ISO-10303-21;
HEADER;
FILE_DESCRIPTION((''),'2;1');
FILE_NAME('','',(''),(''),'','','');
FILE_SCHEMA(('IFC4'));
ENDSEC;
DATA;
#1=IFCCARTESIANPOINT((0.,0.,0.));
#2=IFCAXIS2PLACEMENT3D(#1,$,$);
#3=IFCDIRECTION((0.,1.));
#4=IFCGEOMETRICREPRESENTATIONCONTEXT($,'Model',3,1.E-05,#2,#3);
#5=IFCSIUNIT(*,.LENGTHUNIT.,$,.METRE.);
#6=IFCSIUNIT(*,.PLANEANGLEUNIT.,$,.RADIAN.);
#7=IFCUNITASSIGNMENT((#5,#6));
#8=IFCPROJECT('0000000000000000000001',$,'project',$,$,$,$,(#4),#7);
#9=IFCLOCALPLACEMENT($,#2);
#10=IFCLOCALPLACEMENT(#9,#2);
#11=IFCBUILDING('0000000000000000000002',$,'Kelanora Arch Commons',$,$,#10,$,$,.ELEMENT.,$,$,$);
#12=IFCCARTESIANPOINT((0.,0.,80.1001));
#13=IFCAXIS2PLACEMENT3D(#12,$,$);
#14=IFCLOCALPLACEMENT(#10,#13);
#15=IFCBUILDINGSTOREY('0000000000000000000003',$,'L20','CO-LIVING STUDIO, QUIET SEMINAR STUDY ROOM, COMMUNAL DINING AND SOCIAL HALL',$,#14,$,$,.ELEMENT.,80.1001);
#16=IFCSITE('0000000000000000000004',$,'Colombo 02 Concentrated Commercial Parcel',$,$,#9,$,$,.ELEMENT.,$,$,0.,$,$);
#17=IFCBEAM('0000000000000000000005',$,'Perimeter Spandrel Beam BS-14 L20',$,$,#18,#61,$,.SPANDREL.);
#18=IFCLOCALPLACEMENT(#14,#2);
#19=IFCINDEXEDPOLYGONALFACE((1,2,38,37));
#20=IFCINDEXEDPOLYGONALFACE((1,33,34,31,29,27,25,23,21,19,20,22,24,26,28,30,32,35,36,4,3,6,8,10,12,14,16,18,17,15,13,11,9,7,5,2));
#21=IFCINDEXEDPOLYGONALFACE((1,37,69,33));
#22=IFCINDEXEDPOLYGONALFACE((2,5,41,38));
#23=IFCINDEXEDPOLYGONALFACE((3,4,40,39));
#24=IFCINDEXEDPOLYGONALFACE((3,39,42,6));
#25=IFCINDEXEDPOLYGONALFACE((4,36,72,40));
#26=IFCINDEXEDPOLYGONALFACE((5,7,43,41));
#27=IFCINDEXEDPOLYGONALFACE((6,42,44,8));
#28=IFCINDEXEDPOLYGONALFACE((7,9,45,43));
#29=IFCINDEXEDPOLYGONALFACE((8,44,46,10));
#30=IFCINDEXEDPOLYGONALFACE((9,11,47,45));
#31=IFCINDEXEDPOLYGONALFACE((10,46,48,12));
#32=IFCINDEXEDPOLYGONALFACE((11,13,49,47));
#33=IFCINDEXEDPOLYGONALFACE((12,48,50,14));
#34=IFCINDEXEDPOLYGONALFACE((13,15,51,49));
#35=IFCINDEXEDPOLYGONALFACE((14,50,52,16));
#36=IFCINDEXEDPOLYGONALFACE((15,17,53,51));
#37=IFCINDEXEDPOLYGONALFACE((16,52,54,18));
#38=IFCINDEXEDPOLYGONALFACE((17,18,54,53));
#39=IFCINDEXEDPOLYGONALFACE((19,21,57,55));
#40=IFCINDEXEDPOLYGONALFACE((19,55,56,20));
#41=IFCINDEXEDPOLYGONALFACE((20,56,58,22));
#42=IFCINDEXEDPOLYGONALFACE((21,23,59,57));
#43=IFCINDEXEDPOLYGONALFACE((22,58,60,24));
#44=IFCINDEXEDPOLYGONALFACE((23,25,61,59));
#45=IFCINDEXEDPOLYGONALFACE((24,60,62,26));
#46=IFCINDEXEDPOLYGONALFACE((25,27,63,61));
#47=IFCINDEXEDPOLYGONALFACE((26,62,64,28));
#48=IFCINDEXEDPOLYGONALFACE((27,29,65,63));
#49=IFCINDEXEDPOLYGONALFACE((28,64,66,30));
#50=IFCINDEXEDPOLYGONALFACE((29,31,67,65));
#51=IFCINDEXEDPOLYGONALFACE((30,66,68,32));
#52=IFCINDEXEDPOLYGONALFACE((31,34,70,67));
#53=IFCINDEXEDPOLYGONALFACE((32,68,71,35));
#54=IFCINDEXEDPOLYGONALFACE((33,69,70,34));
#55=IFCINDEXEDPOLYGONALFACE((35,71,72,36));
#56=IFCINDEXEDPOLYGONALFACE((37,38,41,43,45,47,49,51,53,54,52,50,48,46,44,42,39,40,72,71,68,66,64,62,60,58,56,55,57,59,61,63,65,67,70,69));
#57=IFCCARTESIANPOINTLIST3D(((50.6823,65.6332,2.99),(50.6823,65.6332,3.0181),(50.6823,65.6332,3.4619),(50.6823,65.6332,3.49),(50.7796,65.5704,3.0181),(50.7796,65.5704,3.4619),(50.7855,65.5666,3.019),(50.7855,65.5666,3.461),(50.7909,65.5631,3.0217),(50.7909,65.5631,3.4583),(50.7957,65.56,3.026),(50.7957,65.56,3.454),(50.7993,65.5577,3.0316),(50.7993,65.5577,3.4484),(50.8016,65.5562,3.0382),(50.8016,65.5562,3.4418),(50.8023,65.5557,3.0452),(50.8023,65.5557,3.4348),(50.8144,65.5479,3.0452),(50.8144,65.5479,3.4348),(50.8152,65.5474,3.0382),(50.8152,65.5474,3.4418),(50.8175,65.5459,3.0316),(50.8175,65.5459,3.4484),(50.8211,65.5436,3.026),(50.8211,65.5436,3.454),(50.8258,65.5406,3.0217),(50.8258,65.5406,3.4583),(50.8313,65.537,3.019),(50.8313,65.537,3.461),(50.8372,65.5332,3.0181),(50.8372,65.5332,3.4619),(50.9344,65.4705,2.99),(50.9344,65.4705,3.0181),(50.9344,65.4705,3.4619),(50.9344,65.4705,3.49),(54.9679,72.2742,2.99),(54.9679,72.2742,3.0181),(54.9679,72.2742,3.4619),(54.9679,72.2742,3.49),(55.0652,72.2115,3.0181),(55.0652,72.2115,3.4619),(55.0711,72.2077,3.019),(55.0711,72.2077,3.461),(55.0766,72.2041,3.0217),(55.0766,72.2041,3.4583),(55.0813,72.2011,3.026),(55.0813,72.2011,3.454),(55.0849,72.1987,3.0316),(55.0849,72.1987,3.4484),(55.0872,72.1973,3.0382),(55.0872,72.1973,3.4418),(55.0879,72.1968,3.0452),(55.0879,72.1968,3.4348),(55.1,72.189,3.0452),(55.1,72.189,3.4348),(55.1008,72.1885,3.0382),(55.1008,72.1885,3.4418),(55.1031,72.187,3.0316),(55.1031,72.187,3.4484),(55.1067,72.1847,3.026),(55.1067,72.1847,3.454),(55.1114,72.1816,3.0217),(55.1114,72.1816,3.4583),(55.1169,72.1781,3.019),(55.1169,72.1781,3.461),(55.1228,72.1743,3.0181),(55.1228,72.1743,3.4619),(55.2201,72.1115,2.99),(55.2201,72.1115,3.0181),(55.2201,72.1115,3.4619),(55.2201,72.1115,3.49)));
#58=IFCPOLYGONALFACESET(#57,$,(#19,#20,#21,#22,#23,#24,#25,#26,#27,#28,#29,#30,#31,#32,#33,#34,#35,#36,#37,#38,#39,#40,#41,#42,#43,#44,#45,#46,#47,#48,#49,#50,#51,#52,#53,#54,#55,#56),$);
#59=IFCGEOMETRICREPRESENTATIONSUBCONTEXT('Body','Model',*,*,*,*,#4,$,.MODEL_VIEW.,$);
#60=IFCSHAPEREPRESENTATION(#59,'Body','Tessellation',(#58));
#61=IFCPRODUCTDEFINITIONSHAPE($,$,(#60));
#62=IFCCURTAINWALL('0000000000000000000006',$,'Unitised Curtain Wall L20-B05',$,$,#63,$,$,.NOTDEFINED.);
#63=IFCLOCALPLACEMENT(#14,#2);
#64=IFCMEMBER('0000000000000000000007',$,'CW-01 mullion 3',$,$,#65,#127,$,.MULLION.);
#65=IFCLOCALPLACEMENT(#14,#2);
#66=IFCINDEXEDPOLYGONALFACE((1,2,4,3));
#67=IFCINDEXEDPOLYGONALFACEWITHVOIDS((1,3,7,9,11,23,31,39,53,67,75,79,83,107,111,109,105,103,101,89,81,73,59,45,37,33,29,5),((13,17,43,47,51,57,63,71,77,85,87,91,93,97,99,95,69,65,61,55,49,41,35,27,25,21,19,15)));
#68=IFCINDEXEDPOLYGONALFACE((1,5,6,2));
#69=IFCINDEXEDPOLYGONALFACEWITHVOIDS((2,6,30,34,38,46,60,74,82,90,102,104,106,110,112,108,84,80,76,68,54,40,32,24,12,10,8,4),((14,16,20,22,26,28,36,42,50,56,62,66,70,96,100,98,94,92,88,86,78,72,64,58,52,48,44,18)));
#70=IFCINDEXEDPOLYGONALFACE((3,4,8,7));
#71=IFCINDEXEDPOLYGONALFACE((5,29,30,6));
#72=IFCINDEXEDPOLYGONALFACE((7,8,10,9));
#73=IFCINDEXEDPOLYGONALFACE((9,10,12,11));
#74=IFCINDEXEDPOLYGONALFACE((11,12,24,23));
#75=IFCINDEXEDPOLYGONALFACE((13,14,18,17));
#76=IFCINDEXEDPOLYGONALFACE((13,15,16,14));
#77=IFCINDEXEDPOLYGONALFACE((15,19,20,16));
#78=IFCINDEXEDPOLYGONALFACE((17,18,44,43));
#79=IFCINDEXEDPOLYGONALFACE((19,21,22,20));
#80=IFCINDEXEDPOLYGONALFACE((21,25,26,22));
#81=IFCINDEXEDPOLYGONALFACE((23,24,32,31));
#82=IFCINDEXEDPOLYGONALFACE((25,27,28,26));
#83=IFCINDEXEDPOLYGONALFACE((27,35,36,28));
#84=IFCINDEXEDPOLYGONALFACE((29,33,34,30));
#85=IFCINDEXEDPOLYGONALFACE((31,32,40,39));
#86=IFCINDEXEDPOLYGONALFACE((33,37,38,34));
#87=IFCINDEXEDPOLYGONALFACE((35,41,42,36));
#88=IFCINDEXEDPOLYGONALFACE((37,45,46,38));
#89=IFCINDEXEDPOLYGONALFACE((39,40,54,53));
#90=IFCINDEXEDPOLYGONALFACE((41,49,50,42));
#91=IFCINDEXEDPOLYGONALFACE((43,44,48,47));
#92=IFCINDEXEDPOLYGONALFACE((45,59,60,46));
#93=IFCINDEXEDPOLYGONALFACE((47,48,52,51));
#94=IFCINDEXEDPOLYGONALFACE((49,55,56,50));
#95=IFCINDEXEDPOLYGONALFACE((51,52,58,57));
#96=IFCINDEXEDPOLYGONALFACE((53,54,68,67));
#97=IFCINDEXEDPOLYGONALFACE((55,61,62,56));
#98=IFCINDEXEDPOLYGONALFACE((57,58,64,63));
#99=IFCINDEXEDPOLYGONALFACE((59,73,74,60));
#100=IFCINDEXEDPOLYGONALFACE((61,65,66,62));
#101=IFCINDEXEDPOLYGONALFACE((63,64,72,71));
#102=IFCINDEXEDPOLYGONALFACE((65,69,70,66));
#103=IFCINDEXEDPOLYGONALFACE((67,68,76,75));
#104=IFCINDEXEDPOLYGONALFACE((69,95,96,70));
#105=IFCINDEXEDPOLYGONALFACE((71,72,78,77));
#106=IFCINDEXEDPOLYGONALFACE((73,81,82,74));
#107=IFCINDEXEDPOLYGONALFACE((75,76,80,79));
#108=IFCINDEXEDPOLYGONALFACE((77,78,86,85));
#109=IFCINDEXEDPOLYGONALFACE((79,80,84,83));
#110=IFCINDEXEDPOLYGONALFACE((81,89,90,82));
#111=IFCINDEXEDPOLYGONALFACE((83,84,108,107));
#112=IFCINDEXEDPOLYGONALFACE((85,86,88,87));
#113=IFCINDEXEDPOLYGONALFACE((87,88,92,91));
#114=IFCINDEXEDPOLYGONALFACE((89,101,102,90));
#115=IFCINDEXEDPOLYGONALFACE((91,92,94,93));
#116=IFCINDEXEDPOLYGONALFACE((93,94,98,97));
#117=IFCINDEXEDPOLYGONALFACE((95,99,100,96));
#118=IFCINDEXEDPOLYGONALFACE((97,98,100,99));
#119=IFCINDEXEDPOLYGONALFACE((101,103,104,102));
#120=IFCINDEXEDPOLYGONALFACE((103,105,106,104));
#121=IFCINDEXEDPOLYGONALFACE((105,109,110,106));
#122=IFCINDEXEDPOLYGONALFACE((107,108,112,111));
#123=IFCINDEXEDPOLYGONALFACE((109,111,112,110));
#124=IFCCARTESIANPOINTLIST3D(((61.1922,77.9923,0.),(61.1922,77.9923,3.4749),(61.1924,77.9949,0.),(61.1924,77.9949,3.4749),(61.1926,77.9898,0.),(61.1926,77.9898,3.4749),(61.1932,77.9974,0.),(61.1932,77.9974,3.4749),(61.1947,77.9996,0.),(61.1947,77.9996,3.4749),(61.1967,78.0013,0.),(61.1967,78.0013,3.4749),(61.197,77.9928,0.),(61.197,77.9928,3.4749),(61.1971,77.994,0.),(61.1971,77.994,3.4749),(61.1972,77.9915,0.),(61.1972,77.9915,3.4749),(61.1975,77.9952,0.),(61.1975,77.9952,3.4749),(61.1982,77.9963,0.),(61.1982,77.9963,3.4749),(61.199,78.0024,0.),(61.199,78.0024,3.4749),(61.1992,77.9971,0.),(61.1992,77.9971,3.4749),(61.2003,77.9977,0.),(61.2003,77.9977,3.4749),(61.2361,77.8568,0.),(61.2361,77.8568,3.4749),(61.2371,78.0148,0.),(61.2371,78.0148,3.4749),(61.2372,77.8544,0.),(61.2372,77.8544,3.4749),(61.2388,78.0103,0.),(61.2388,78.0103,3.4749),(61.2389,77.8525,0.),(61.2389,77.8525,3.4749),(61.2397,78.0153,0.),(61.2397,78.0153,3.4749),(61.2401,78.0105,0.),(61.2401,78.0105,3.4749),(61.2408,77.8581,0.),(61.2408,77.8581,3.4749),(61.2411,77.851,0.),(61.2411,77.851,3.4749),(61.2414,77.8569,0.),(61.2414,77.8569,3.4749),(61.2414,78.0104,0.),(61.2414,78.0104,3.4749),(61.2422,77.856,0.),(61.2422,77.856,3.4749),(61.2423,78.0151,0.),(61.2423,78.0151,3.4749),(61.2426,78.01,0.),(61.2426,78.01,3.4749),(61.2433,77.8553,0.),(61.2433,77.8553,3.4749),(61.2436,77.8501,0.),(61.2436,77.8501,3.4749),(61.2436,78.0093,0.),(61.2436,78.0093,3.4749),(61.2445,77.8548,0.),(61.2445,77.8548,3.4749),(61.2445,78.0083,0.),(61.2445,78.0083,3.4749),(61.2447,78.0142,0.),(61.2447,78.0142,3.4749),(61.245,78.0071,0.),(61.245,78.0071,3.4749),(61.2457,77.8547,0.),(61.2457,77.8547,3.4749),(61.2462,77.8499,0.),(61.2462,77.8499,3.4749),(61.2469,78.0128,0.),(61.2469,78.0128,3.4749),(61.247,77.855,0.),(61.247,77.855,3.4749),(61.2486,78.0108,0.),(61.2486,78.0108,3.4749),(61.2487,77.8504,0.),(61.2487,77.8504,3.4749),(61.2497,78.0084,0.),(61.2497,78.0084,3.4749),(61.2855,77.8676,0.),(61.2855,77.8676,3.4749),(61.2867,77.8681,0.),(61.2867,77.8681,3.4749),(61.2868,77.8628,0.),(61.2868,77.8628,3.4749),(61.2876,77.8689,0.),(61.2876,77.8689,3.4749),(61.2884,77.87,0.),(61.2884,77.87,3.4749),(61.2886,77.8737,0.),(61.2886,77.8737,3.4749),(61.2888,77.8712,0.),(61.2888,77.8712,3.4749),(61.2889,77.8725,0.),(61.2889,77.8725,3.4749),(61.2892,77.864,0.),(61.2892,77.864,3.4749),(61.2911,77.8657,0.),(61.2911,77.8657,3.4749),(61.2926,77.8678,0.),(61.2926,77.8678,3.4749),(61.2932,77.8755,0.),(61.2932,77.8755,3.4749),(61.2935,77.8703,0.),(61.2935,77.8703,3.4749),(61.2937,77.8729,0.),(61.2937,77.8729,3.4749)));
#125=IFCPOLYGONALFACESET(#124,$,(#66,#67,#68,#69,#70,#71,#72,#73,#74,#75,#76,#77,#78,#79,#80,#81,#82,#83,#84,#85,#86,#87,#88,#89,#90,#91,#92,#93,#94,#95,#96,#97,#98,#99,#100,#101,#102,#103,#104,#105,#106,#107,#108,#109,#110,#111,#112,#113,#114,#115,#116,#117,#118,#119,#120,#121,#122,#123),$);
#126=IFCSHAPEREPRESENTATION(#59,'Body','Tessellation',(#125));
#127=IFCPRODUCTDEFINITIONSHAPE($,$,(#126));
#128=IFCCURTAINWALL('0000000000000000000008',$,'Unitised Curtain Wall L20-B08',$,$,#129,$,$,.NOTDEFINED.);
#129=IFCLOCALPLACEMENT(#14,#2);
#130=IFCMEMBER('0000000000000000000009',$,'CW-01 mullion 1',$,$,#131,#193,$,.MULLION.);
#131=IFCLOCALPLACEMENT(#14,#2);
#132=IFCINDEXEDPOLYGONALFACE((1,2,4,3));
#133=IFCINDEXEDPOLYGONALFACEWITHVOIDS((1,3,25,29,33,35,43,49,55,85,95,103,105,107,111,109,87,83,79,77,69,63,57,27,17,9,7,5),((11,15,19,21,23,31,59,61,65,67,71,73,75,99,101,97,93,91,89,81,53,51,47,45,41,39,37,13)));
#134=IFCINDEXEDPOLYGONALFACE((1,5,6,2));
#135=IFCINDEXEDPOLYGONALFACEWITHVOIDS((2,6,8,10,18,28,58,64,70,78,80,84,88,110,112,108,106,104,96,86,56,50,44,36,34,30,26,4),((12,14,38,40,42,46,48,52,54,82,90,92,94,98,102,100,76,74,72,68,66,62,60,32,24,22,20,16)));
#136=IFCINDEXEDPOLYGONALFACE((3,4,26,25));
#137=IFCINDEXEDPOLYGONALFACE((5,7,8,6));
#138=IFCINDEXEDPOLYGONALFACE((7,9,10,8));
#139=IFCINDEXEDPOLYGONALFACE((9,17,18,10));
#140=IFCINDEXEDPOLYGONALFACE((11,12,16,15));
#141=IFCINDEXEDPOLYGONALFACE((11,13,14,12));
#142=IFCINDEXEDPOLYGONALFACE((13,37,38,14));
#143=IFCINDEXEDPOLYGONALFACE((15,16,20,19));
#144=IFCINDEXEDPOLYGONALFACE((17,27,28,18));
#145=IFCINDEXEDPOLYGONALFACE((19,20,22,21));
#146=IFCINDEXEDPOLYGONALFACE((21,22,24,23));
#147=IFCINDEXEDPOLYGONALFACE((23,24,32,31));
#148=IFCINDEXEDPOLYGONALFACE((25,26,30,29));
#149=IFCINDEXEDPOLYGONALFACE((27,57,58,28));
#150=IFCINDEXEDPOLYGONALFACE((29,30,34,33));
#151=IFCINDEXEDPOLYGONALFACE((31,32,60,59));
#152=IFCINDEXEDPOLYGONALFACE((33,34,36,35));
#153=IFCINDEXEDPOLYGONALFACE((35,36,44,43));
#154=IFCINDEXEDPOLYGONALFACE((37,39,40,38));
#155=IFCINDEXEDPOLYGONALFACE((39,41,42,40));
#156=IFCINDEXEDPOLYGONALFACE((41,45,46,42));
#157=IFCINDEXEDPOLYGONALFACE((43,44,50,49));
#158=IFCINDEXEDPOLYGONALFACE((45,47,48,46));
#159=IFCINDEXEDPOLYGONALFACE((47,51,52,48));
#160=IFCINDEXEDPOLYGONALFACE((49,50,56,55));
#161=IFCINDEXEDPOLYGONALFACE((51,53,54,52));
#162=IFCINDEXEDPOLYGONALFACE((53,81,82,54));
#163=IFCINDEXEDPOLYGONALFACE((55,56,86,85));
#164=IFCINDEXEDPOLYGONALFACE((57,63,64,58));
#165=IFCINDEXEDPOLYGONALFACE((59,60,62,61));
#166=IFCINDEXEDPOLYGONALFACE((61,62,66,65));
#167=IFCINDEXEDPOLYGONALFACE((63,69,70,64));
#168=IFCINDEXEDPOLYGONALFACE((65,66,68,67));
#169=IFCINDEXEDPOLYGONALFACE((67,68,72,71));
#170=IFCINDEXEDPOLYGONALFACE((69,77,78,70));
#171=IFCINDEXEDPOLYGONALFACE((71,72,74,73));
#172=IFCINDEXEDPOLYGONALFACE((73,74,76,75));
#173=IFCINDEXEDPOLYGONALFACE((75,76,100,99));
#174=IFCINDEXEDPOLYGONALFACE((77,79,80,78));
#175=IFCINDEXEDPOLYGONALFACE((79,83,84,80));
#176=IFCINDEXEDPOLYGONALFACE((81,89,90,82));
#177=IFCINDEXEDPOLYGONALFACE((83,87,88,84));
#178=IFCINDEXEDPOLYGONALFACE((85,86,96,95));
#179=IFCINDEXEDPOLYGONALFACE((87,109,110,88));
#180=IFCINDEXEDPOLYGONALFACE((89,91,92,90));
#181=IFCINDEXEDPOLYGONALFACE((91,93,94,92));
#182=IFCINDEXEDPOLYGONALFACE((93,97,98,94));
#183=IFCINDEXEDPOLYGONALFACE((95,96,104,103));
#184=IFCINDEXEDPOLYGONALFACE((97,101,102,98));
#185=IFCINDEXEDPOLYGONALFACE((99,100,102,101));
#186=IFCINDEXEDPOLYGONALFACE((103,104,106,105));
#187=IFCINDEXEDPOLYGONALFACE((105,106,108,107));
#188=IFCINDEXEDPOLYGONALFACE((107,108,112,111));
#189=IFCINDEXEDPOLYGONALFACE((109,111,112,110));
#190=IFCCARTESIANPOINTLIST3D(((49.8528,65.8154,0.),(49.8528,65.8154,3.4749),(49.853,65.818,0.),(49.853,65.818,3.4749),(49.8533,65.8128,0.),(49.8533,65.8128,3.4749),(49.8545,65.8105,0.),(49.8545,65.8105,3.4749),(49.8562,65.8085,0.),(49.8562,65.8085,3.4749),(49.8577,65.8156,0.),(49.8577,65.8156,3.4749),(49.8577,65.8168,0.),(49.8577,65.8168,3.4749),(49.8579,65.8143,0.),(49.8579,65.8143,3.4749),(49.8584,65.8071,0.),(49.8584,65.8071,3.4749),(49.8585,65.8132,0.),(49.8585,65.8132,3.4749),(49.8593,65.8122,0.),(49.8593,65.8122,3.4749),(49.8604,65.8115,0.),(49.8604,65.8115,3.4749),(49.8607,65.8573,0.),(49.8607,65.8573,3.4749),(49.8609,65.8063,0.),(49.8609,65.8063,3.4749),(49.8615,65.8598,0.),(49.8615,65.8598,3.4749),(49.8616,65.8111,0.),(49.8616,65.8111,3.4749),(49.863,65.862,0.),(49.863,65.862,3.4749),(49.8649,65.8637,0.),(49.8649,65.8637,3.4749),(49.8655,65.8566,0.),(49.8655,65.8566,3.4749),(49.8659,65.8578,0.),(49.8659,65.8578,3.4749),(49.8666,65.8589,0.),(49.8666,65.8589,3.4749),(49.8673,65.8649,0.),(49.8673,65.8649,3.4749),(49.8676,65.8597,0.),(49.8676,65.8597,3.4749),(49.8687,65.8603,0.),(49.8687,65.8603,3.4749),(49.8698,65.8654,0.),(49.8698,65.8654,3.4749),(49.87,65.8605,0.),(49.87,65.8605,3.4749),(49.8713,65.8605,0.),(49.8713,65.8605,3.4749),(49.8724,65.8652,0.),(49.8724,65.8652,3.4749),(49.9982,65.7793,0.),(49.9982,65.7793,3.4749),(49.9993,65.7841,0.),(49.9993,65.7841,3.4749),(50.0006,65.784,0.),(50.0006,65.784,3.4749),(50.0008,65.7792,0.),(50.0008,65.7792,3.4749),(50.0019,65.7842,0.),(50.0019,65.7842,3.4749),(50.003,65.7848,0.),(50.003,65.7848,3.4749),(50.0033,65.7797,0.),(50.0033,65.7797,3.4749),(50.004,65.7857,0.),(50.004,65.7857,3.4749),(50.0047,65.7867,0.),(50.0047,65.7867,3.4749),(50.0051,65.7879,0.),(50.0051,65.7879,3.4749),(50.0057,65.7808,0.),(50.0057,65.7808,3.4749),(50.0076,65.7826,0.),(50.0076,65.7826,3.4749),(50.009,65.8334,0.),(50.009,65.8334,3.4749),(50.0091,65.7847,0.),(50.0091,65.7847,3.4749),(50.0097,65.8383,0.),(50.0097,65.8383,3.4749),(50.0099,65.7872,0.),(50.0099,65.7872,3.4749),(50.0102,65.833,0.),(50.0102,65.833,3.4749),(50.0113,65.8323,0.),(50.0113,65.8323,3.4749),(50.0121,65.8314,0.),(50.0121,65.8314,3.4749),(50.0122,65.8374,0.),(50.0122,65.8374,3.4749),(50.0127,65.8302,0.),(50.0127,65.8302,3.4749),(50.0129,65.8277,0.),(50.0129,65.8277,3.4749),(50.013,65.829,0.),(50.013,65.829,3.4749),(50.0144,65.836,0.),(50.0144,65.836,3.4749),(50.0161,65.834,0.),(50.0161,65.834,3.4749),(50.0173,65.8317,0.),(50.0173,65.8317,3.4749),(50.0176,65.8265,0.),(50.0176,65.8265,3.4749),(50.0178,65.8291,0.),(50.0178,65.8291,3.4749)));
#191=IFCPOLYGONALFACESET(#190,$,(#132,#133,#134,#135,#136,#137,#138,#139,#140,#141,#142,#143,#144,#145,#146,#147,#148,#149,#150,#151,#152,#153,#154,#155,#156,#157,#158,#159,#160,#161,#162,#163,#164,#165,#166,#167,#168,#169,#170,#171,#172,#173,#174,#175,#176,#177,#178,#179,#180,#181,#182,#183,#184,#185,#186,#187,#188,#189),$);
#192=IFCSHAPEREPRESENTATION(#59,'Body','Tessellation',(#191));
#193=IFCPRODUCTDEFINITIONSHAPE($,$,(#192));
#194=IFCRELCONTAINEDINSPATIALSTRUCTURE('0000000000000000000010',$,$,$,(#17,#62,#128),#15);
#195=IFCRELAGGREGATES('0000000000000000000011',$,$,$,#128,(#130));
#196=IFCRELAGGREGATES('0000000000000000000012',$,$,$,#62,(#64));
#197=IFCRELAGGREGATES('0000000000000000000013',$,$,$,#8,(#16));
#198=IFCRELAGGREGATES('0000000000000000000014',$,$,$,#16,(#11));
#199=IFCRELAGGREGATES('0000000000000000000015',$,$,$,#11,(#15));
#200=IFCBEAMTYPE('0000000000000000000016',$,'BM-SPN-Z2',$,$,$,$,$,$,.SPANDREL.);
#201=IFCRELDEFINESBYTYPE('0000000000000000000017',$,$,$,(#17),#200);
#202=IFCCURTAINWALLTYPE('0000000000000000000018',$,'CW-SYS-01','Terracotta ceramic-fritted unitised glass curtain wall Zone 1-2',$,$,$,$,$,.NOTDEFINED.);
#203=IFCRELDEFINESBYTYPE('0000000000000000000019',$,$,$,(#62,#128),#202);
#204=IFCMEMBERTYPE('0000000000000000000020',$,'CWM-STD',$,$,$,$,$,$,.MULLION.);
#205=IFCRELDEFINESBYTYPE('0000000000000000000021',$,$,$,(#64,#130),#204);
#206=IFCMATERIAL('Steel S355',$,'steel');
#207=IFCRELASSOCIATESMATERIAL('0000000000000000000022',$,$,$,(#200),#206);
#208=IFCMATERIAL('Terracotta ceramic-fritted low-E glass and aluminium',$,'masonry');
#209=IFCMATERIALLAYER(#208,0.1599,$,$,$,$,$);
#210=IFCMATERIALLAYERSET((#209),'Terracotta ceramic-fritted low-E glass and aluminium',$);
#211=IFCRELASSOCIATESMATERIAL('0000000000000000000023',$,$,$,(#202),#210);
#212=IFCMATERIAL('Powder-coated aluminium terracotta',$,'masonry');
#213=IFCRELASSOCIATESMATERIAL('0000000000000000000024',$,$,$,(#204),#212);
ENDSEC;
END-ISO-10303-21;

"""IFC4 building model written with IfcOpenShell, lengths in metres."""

from ifc_helpers import new_model, si_unit, direction, frame, origin, origin_2d, place, context, subcontext, project, spatial, hollow_rectangle, i_section, extrude, material, layer, layer_set, material_profile, profile_set, type_object, element, aggregate, save


model = new_model("IFC4")

# Units and contexts
model_context = context("Model", 3, precision=1e-05, world=origin(), true_north=direction((0.0, 1.0)))
body_context = subcontext(model_context, "Body", "Model", "MODEL_VIEW")
ifc_project = project(units=[si_unit("LENGTHUNIT", "METRE"), si_unit("PLANEANGLEUNIT", "RADIAN")], contexts=[model_context])

# Site, building, storey
site_placement = place(None, origin())
site = spatial("IfcSite", under=ifc_project, at=site_placement, Name="Colombo 02 Concentrated Commercial Parcel", CompositionType="ELEMENT", RefElevation=0.0)
building_placement = place(site_placement, origin())
building = spatial("IfcBuilding", under=site, at=building_placement, Name="Kelanora Arch Commons", CompositionType="ELEMENT")
storey_placement = place(building_placement, frame((0.0, 0.0, 80.1001)))
storey = spatial("IfcBuildingStorey", under=building, at=storey_placement, Name="L20", Description="CO-LIVING STUDIO, QUIET SEMINAR STUDY ROOM, COMMUNAL DINING AND SOCIAL HALL", CompositionType="ELEMENT", Elevation=80.1001)

# Beam
ifc_material_1 = material(Name="Steel S355", Category="steel")
ifc_material_profile_1 = material_profile(ifc_material_1, i_section(OverallWidth=0.3, OverallDepth=0.5, WebThickness=0.0144, FlangeThickness=0.0281, FilletRadius=0.0271, at=origin_2d()), Name="HEB500")
ifc_profile_set_1 = profile_set([ifc_material_profile_1], Name="Steel S355")
beam_type_1 = type_object("IfcBeamType", Name="BM-SPN-Z2", PredefinedType="SPANDREL", material=ifc_profile_set_1)
beam_1_placement = place(storey_placement, frame((55.094, 72.1929, 3.24), z_axis=(-0.542221, -0.840236, 0.0), x_axis=(0.840236, -0.542221, 0.0)))
element("IfcBeam", 1, at=beam_1_placement, inside=storey, type_object=beam_type_1, Name="Perimeter Spandrel Beam BS-14 L20", PredefinedType="SPANDREL", context=body_context, shape_type="SweptSolid", body=[
    extrude(i_section(OverallWidth=0.3, OverallDepth=0.5, WebThickness=0.0144, FlangeThickness=0.0281, FilletRadius=0.0271, at=origin_2d()), origin(), (0.0, 0.0, 1.0), 7.9038),
])

# Curtain wall, member
ifc_material_2 = material(Name="Terracotta ceramic-fritted low-E glass and aluminium", Category="masonry")
ifc_layer_1 = layer(ifc_material_2, 0.1599)
ifc_layer_set_1 = layer_set([ifc_layer_1], Name="Terracotta ceramic-fritted low-E glass and aluminium")
curtain_wall_type = type_object("IfcCurtainWallType", Name="CW-SYS-01", Description="Terracotta ceramic-fritted unitised glass curtain wall Zone 1-2", PredefinedType="NOTDEFINED", material=ifc_layer_set_1)
curtain_wall_1_placement = place(storey_placement, origin())
curtain_wall_1 = element("IfcCurtainWall", 2, at=curtain_wall_1_placement, inside=storey, type_object=curtain_wall_type, Name="Unitised Curtain Wall L20-B05", PredefinedType="NOTDEFINED")
ifc_material_3 = material(Name="Powder-coated aluminium terracotta", Category="masonry")
ifc_material_profile_2 = material_profile(ifc_material_3, hollow_rectangle(XDim=0.1599, YDim=0.0601, WallThickness=0.0049, InnerFilletRadius=0.0049, OuterFilletRadius=0.01, at=origin_2d()), Name="CWM160x60")
ifc_profile_set_2 = profile_set([ifc_material_profile_2], Name="Powder-coated aluminium terracotta")
member_type_1 = type_object("IfcMemberType", Name="CWM-STD", PredefinedType="MULLION", material=ifc_profile_set_2)
member_1_placement = place(storey_placement, frame((61.2429, 77.9326, 0.0), z_axis=(0.0, 0.0, 1.0), x_axis=(0.310805, -0.950474, 0.0)))
member_1 = element("IfcMember", 3, at=member_1_placement, type_object=member_type_1, Name="CW-01 mullion 3", PredefinedType="MULLION", context=body_context, shape_type="SweptSolid", body=[
    extrude(hollow_rectangle(XDim=0.1599, YDim=0.0601, WallThickness=0.0049, InnerFilletRadius=0.0049, OuterFilletRadius=0.01, at=origin_2d()), origin(), (0.0, 0.0, 1.0), 3.4749),
])

# Curtain wall, member
curtain_wall_2_placement = place(storey_placement, origin())
curtain_wall_2 = element("IfcCurtainWall", 4, at=curtain_wall_2_placement, inside=storey, type_object=curtain_wall_type, Name="Unitised Curtain Wall L20-B08", PredefinedType="NOTDEFINED")
member_2_placement = place(storey_placement, frame((49.9353, 65.8223, 0.0), z_axis=(0.0, 0.0, 1.0), x_axis=(0.98128, -0.192585, 0.0)))
member_2 = element("IfcMember", 5, at=member_2_placement, type_object=member_type_1, Name="CW-01 mullion 1", PredefinedType="MULLION", context=body_context, shape_type="SweptSolid", body=[
    extrude(hollow_rectangle(XDim=0.1599, YDim=0.0601, WallThickness=0.0049, InnerFilletRadius=0.0049, OuterFilletRadius=0.01, at=origin_2d()), origin(), (0.0, 0.0, 1.0), 3.4749),
])
aggregate(curtain_wall_2, [member_2])

aggregate(curtain_wall_1, [member_1])

save(model, "model.ifc")
